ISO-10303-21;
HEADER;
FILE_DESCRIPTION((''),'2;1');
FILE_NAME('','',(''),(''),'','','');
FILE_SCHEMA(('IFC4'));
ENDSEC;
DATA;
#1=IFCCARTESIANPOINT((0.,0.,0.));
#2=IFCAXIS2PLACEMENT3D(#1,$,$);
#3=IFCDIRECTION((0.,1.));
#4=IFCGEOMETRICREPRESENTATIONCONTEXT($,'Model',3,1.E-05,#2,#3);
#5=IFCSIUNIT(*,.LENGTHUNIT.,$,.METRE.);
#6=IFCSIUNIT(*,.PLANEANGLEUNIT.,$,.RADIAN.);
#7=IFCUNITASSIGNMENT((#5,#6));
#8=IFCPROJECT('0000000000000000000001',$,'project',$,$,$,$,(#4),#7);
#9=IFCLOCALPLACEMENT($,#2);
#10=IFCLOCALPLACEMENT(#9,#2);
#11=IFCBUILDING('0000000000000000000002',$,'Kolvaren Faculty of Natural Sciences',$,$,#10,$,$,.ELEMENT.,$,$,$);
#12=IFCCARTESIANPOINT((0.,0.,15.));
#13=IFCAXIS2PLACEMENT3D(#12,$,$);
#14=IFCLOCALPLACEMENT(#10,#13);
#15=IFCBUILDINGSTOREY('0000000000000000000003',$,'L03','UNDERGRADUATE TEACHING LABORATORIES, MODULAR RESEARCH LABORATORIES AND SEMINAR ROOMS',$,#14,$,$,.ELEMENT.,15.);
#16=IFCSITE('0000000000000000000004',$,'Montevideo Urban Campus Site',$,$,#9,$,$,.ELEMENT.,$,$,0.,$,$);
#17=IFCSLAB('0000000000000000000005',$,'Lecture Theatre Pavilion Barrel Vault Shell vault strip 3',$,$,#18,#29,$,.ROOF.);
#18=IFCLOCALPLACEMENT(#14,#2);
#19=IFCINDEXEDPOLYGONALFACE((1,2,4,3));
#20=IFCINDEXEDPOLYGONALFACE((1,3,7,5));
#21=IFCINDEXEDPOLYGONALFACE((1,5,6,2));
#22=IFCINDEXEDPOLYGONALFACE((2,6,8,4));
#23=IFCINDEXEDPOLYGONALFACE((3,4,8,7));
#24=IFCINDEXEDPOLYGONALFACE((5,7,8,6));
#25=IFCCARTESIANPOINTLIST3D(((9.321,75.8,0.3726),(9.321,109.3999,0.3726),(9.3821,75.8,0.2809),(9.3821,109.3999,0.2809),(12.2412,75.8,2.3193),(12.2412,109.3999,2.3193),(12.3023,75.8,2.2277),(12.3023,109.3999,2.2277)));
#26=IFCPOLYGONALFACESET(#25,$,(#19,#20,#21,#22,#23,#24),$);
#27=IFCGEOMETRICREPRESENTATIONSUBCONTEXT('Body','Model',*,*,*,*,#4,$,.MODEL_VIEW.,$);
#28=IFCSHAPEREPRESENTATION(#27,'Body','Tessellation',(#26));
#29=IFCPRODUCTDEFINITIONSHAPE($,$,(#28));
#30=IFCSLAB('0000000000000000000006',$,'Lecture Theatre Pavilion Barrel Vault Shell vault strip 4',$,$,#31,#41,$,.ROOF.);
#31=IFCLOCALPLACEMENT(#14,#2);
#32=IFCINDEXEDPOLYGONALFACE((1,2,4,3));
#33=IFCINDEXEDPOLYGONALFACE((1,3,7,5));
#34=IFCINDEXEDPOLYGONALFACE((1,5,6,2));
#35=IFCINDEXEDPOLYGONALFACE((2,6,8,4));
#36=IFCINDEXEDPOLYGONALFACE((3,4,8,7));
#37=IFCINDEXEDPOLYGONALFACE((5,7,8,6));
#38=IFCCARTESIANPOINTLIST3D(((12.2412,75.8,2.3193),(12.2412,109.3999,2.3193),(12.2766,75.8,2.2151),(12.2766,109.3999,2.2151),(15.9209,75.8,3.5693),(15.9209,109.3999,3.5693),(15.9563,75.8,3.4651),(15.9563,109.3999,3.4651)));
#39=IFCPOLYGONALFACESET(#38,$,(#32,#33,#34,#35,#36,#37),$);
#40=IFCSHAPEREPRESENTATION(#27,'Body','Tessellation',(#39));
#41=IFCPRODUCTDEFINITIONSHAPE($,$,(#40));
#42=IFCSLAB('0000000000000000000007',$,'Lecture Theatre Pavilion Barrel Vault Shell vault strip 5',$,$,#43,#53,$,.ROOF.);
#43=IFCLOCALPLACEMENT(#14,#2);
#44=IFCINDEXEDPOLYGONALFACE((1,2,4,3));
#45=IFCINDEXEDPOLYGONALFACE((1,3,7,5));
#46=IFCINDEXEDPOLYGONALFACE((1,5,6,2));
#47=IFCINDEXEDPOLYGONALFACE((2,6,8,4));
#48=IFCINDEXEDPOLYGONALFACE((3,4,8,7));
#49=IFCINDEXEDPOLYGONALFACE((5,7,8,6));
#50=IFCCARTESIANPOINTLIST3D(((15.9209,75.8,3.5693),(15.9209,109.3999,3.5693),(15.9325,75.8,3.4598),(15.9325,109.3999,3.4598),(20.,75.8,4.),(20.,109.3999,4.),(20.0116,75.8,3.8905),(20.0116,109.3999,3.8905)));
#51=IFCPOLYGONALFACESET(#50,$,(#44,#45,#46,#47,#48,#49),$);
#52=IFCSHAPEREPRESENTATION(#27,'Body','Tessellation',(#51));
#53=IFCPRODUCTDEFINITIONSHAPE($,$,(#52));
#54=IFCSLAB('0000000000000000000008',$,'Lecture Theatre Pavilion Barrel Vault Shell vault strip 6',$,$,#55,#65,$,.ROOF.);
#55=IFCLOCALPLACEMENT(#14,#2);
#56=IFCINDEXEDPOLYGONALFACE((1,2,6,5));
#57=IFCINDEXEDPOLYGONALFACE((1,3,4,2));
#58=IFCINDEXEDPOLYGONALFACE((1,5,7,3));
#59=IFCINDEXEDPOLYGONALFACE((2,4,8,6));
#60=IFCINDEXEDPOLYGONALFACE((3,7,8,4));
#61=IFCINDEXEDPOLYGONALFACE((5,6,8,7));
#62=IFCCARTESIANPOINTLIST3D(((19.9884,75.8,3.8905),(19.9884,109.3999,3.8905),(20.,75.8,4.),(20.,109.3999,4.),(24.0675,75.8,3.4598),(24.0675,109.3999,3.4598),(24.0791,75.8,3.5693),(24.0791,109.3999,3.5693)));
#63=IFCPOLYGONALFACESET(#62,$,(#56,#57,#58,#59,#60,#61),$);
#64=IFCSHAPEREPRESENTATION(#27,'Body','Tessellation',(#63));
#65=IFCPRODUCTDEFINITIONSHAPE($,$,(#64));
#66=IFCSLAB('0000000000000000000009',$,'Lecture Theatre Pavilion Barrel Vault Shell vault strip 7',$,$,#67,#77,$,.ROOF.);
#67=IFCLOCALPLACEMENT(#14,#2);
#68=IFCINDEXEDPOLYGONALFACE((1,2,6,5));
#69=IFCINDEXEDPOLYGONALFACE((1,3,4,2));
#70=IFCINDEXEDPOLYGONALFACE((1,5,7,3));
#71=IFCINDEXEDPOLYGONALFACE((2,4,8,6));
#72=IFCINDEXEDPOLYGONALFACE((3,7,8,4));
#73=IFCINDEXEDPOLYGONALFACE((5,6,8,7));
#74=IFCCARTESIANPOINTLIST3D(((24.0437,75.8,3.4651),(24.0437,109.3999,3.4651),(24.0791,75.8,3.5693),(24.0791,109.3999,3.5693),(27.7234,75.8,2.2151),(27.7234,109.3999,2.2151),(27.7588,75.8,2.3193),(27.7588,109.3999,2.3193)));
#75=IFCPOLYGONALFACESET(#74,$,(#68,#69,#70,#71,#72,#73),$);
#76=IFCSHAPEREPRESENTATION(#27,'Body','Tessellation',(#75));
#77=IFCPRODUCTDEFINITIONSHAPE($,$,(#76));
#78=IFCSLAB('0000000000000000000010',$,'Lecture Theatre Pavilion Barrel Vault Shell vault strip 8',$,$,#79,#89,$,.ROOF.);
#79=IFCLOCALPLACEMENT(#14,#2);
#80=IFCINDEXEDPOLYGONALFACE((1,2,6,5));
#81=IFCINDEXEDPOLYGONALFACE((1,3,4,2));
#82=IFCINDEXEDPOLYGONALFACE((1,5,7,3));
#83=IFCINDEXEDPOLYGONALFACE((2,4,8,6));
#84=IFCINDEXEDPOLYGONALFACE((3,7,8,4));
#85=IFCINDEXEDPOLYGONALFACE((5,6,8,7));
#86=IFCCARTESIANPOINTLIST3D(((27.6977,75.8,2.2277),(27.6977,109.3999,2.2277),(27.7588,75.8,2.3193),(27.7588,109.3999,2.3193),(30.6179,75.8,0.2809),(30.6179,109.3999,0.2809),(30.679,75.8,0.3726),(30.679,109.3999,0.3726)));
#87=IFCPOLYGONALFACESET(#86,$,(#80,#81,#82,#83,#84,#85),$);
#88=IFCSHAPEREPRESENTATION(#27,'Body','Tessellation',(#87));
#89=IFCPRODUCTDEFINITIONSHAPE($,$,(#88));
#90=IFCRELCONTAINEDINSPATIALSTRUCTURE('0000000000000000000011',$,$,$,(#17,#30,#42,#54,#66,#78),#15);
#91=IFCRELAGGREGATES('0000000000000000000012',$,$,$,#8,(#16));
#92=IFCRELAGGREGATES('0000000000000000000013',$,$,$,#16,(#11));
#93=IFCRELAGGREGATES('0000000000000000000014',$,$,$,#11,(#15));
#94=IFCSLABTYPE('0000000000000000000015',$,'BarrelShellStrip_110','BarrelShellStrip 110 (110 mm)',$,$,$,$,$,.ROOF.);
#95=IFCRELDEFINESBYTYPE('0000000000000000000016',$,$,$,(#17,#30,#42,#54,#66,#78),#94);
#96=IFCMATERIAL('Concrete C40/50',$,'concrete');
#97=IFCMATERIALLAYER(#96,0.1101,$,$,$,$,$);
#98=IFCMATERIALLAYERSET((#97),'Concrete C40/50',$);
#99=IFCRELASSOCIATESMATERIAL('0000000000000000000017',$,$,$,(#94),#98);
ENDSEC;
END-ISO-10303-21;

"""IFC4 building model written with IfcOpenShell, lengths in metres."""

from ifc_helpers import new_model, si_unit, direction, frame, origin, place, context, subcontext, project, spatial, polyline, outline, extrude, material, layer, layer_set, type_object, element, save


model = new_model("IFC4")

# Units and contexts
model_context = context("Model", 3, precision=1e-05, world=origin(), true_north=direction((0.0, 1.0)))
body_context = subcontext(model_context, "Body", "Model", "MODEL_VIEW")
ifc_project = project(units=[si_unit("LENGTHUNIT", "METRE"), si_unit("PLANEANGLEUNIT", "RADIAN")], contexts=[model_context])

# Site, building, storey
site_placement = place(None, origin())
site = spatial("IfcSite", under=ifc_project, at=site_placement, Name="Montevideo Urban Campus Site", CompositionType="ELEMENT", RefElevation=0.0)
building_placement = place(site_placement, origin())
building = spatial("IfcBuilding", under=site, at=building_placement, Name="Kolvaren Faculty of Natural Sciences", CompositionType="ELEMENT")
storey_placement = place(building_placement, frame((0.0, 0.0, 15.0)))
storey = spatial("IfcBuildingStorey", under=building, at=storey_placement, Name="L03", Description="UNDERGRADUATE TEACHING LABORATORIES, MODULAR RESEARCH LABORATORIES AND SEMINAR ROOMS", CompositionType="ELEMENT", Elevation=15.0)

# Shared definitions
ifc_material_1 = material(Name="Concrete C40/50", Category="concrete")

# Slabs
ifc_layer = layer(ifc_material_1, 0.1101)
ifc_layer_set = layer_set([ifc_layer], Name="Concrete C40/50")
slab_type = type_object("IfcSlabType", Name="BarrelShellStrip_110", Description="BarrelShellStrip 110 (110 mm)", PredefinedType="ROOF", material=ifc_layer_set)
slab_1_placement = place(storey_placement, frame((9.321, 75.8, 0.3726), z_axis=(-0.5547, 0.0, 0.83205), x_axis=(0.83205, 0.0, 0.5547)))
element("IfcSlab", 1, at=slab_1_placement, inside=storey, type_object=slab_type, Name="Lecture Theatre Pavilion Barrel Vault Shell vault strip 3", PredefinedType="ROOF", context=body_context, shape_type="SweptSolid", body=[
    extrude(outline(polyline([(0.0, 0.0), (3.5096, 0.0), (3.5096, 33.5999), (0.0, 33.5999), (0.0, 0.0)])), origin(), (0.0, 0.0, -1.0), 0.1101),
])
slab_2_placement = place(storey_placement, frame((12.2412, 75.8, 2.3193), z_axis=(-0.32165, 0.0, 0.946858), x_axis=(0.946858, 0.0, 0.32165)))
element("IfcSlab", 2, at=slab_2_placement, inside=storey, type_object=slab_type, Name="Lecture Theatre Pavilion Barrel Vault Shell vault strip 4", PredefinedType="ROOF", context=body_context, shape_type="SweptSolid", body=[
    extrude(outline(polyline([(0.0, 0.0), (3.8862, 0.0), (3.8862, 33.5999), (0.0, 33.5999), (0.0, 0.0)])), origin(), (0.0, 0.0, -1.0), 0.1101),
])
for number, where, z_axis, x_axis, name in (
    (3, (15.9209, 75.8, 3.5693), (-0.104995, 0.0, 0.994473), (0.994473, 0.0, 0.104995), "Lecture Theatre Pavilion Barrel Vault Shell vault strip 5"),
    (4, (20.0, 75.8, 4.0), (0.104995, 0.0, 0.994473), (0.994473, 0.0, -0.104995), "Lecture Theatre Pavilion Barrel Vault Shell vault strip 6"),
):
    element("IfcSlab", number, at=place(storey_placement, frame(where, z_axis=z_axis, x_axis=x_axis)), inside=storey, type_object=slab_type, Name=name, PredefinedType="ROOF", context=body_context, shape_type="SweptSolid", body=[
        extrude(outline(polyline([(0.0, 0.0), (4.1018, 0.0), (4.1018, 33.5999), (0.0, 33.5999), (0.0, 0.0)])), origin(), (0.0, 0.0, -1.0), 0.1101),
    ])
slab_3_placement = place(storey_placement, frame((24.0791, 75.8, 3.5693), z_axis=(0.32165, 0.0, 0.946858), x_axis=(0.946858, 0.0, -0.32165)))
element("IfcSlab", 5, at=slab_3_placement, inside=storey, type_object=slab_type, Name="Lecture Theatre Pavilion Barrel Vault Shell vault strip 7", PredefinedType="ROOF", context=body_context, shape_type="SweptSolid", body=[
    extrude(outline(polyline([(0.0, 0.0), (3.8862, 0.0), (3.8862, 33.5999), (0.0, 33.5999), (0.0, 0.0)])), origin(), (0.0, 0.0, -1.0), 0.1101),
])
slab_4_placement = place(storey_placement, frame((27.7588, 75.8, 2.3193), z_axis=(0.5547, 0.0, 0.83205), x_axis=(0.83205, 0.0, -0.5547)))
element("IfcSlab", 6, at=slab_4_placement, inside=storey, type_object=slab_type, Name="Lecture Theatre Pavilion Barrel Vault Shell vault strip 8", PredefinedType="ROOF", context=body_context, shape_type="SweptSolid", body=[
    extrude(outline(polyline([(0.0, 0.0), (3.5096, 0.0), (3.5096, 33.5999), (0.0, 33.5999), (0.0, 0.0)])), origin(), (0.0, 0.0, -1.0), 0.1101),
])

save(model, "model.ifc")
